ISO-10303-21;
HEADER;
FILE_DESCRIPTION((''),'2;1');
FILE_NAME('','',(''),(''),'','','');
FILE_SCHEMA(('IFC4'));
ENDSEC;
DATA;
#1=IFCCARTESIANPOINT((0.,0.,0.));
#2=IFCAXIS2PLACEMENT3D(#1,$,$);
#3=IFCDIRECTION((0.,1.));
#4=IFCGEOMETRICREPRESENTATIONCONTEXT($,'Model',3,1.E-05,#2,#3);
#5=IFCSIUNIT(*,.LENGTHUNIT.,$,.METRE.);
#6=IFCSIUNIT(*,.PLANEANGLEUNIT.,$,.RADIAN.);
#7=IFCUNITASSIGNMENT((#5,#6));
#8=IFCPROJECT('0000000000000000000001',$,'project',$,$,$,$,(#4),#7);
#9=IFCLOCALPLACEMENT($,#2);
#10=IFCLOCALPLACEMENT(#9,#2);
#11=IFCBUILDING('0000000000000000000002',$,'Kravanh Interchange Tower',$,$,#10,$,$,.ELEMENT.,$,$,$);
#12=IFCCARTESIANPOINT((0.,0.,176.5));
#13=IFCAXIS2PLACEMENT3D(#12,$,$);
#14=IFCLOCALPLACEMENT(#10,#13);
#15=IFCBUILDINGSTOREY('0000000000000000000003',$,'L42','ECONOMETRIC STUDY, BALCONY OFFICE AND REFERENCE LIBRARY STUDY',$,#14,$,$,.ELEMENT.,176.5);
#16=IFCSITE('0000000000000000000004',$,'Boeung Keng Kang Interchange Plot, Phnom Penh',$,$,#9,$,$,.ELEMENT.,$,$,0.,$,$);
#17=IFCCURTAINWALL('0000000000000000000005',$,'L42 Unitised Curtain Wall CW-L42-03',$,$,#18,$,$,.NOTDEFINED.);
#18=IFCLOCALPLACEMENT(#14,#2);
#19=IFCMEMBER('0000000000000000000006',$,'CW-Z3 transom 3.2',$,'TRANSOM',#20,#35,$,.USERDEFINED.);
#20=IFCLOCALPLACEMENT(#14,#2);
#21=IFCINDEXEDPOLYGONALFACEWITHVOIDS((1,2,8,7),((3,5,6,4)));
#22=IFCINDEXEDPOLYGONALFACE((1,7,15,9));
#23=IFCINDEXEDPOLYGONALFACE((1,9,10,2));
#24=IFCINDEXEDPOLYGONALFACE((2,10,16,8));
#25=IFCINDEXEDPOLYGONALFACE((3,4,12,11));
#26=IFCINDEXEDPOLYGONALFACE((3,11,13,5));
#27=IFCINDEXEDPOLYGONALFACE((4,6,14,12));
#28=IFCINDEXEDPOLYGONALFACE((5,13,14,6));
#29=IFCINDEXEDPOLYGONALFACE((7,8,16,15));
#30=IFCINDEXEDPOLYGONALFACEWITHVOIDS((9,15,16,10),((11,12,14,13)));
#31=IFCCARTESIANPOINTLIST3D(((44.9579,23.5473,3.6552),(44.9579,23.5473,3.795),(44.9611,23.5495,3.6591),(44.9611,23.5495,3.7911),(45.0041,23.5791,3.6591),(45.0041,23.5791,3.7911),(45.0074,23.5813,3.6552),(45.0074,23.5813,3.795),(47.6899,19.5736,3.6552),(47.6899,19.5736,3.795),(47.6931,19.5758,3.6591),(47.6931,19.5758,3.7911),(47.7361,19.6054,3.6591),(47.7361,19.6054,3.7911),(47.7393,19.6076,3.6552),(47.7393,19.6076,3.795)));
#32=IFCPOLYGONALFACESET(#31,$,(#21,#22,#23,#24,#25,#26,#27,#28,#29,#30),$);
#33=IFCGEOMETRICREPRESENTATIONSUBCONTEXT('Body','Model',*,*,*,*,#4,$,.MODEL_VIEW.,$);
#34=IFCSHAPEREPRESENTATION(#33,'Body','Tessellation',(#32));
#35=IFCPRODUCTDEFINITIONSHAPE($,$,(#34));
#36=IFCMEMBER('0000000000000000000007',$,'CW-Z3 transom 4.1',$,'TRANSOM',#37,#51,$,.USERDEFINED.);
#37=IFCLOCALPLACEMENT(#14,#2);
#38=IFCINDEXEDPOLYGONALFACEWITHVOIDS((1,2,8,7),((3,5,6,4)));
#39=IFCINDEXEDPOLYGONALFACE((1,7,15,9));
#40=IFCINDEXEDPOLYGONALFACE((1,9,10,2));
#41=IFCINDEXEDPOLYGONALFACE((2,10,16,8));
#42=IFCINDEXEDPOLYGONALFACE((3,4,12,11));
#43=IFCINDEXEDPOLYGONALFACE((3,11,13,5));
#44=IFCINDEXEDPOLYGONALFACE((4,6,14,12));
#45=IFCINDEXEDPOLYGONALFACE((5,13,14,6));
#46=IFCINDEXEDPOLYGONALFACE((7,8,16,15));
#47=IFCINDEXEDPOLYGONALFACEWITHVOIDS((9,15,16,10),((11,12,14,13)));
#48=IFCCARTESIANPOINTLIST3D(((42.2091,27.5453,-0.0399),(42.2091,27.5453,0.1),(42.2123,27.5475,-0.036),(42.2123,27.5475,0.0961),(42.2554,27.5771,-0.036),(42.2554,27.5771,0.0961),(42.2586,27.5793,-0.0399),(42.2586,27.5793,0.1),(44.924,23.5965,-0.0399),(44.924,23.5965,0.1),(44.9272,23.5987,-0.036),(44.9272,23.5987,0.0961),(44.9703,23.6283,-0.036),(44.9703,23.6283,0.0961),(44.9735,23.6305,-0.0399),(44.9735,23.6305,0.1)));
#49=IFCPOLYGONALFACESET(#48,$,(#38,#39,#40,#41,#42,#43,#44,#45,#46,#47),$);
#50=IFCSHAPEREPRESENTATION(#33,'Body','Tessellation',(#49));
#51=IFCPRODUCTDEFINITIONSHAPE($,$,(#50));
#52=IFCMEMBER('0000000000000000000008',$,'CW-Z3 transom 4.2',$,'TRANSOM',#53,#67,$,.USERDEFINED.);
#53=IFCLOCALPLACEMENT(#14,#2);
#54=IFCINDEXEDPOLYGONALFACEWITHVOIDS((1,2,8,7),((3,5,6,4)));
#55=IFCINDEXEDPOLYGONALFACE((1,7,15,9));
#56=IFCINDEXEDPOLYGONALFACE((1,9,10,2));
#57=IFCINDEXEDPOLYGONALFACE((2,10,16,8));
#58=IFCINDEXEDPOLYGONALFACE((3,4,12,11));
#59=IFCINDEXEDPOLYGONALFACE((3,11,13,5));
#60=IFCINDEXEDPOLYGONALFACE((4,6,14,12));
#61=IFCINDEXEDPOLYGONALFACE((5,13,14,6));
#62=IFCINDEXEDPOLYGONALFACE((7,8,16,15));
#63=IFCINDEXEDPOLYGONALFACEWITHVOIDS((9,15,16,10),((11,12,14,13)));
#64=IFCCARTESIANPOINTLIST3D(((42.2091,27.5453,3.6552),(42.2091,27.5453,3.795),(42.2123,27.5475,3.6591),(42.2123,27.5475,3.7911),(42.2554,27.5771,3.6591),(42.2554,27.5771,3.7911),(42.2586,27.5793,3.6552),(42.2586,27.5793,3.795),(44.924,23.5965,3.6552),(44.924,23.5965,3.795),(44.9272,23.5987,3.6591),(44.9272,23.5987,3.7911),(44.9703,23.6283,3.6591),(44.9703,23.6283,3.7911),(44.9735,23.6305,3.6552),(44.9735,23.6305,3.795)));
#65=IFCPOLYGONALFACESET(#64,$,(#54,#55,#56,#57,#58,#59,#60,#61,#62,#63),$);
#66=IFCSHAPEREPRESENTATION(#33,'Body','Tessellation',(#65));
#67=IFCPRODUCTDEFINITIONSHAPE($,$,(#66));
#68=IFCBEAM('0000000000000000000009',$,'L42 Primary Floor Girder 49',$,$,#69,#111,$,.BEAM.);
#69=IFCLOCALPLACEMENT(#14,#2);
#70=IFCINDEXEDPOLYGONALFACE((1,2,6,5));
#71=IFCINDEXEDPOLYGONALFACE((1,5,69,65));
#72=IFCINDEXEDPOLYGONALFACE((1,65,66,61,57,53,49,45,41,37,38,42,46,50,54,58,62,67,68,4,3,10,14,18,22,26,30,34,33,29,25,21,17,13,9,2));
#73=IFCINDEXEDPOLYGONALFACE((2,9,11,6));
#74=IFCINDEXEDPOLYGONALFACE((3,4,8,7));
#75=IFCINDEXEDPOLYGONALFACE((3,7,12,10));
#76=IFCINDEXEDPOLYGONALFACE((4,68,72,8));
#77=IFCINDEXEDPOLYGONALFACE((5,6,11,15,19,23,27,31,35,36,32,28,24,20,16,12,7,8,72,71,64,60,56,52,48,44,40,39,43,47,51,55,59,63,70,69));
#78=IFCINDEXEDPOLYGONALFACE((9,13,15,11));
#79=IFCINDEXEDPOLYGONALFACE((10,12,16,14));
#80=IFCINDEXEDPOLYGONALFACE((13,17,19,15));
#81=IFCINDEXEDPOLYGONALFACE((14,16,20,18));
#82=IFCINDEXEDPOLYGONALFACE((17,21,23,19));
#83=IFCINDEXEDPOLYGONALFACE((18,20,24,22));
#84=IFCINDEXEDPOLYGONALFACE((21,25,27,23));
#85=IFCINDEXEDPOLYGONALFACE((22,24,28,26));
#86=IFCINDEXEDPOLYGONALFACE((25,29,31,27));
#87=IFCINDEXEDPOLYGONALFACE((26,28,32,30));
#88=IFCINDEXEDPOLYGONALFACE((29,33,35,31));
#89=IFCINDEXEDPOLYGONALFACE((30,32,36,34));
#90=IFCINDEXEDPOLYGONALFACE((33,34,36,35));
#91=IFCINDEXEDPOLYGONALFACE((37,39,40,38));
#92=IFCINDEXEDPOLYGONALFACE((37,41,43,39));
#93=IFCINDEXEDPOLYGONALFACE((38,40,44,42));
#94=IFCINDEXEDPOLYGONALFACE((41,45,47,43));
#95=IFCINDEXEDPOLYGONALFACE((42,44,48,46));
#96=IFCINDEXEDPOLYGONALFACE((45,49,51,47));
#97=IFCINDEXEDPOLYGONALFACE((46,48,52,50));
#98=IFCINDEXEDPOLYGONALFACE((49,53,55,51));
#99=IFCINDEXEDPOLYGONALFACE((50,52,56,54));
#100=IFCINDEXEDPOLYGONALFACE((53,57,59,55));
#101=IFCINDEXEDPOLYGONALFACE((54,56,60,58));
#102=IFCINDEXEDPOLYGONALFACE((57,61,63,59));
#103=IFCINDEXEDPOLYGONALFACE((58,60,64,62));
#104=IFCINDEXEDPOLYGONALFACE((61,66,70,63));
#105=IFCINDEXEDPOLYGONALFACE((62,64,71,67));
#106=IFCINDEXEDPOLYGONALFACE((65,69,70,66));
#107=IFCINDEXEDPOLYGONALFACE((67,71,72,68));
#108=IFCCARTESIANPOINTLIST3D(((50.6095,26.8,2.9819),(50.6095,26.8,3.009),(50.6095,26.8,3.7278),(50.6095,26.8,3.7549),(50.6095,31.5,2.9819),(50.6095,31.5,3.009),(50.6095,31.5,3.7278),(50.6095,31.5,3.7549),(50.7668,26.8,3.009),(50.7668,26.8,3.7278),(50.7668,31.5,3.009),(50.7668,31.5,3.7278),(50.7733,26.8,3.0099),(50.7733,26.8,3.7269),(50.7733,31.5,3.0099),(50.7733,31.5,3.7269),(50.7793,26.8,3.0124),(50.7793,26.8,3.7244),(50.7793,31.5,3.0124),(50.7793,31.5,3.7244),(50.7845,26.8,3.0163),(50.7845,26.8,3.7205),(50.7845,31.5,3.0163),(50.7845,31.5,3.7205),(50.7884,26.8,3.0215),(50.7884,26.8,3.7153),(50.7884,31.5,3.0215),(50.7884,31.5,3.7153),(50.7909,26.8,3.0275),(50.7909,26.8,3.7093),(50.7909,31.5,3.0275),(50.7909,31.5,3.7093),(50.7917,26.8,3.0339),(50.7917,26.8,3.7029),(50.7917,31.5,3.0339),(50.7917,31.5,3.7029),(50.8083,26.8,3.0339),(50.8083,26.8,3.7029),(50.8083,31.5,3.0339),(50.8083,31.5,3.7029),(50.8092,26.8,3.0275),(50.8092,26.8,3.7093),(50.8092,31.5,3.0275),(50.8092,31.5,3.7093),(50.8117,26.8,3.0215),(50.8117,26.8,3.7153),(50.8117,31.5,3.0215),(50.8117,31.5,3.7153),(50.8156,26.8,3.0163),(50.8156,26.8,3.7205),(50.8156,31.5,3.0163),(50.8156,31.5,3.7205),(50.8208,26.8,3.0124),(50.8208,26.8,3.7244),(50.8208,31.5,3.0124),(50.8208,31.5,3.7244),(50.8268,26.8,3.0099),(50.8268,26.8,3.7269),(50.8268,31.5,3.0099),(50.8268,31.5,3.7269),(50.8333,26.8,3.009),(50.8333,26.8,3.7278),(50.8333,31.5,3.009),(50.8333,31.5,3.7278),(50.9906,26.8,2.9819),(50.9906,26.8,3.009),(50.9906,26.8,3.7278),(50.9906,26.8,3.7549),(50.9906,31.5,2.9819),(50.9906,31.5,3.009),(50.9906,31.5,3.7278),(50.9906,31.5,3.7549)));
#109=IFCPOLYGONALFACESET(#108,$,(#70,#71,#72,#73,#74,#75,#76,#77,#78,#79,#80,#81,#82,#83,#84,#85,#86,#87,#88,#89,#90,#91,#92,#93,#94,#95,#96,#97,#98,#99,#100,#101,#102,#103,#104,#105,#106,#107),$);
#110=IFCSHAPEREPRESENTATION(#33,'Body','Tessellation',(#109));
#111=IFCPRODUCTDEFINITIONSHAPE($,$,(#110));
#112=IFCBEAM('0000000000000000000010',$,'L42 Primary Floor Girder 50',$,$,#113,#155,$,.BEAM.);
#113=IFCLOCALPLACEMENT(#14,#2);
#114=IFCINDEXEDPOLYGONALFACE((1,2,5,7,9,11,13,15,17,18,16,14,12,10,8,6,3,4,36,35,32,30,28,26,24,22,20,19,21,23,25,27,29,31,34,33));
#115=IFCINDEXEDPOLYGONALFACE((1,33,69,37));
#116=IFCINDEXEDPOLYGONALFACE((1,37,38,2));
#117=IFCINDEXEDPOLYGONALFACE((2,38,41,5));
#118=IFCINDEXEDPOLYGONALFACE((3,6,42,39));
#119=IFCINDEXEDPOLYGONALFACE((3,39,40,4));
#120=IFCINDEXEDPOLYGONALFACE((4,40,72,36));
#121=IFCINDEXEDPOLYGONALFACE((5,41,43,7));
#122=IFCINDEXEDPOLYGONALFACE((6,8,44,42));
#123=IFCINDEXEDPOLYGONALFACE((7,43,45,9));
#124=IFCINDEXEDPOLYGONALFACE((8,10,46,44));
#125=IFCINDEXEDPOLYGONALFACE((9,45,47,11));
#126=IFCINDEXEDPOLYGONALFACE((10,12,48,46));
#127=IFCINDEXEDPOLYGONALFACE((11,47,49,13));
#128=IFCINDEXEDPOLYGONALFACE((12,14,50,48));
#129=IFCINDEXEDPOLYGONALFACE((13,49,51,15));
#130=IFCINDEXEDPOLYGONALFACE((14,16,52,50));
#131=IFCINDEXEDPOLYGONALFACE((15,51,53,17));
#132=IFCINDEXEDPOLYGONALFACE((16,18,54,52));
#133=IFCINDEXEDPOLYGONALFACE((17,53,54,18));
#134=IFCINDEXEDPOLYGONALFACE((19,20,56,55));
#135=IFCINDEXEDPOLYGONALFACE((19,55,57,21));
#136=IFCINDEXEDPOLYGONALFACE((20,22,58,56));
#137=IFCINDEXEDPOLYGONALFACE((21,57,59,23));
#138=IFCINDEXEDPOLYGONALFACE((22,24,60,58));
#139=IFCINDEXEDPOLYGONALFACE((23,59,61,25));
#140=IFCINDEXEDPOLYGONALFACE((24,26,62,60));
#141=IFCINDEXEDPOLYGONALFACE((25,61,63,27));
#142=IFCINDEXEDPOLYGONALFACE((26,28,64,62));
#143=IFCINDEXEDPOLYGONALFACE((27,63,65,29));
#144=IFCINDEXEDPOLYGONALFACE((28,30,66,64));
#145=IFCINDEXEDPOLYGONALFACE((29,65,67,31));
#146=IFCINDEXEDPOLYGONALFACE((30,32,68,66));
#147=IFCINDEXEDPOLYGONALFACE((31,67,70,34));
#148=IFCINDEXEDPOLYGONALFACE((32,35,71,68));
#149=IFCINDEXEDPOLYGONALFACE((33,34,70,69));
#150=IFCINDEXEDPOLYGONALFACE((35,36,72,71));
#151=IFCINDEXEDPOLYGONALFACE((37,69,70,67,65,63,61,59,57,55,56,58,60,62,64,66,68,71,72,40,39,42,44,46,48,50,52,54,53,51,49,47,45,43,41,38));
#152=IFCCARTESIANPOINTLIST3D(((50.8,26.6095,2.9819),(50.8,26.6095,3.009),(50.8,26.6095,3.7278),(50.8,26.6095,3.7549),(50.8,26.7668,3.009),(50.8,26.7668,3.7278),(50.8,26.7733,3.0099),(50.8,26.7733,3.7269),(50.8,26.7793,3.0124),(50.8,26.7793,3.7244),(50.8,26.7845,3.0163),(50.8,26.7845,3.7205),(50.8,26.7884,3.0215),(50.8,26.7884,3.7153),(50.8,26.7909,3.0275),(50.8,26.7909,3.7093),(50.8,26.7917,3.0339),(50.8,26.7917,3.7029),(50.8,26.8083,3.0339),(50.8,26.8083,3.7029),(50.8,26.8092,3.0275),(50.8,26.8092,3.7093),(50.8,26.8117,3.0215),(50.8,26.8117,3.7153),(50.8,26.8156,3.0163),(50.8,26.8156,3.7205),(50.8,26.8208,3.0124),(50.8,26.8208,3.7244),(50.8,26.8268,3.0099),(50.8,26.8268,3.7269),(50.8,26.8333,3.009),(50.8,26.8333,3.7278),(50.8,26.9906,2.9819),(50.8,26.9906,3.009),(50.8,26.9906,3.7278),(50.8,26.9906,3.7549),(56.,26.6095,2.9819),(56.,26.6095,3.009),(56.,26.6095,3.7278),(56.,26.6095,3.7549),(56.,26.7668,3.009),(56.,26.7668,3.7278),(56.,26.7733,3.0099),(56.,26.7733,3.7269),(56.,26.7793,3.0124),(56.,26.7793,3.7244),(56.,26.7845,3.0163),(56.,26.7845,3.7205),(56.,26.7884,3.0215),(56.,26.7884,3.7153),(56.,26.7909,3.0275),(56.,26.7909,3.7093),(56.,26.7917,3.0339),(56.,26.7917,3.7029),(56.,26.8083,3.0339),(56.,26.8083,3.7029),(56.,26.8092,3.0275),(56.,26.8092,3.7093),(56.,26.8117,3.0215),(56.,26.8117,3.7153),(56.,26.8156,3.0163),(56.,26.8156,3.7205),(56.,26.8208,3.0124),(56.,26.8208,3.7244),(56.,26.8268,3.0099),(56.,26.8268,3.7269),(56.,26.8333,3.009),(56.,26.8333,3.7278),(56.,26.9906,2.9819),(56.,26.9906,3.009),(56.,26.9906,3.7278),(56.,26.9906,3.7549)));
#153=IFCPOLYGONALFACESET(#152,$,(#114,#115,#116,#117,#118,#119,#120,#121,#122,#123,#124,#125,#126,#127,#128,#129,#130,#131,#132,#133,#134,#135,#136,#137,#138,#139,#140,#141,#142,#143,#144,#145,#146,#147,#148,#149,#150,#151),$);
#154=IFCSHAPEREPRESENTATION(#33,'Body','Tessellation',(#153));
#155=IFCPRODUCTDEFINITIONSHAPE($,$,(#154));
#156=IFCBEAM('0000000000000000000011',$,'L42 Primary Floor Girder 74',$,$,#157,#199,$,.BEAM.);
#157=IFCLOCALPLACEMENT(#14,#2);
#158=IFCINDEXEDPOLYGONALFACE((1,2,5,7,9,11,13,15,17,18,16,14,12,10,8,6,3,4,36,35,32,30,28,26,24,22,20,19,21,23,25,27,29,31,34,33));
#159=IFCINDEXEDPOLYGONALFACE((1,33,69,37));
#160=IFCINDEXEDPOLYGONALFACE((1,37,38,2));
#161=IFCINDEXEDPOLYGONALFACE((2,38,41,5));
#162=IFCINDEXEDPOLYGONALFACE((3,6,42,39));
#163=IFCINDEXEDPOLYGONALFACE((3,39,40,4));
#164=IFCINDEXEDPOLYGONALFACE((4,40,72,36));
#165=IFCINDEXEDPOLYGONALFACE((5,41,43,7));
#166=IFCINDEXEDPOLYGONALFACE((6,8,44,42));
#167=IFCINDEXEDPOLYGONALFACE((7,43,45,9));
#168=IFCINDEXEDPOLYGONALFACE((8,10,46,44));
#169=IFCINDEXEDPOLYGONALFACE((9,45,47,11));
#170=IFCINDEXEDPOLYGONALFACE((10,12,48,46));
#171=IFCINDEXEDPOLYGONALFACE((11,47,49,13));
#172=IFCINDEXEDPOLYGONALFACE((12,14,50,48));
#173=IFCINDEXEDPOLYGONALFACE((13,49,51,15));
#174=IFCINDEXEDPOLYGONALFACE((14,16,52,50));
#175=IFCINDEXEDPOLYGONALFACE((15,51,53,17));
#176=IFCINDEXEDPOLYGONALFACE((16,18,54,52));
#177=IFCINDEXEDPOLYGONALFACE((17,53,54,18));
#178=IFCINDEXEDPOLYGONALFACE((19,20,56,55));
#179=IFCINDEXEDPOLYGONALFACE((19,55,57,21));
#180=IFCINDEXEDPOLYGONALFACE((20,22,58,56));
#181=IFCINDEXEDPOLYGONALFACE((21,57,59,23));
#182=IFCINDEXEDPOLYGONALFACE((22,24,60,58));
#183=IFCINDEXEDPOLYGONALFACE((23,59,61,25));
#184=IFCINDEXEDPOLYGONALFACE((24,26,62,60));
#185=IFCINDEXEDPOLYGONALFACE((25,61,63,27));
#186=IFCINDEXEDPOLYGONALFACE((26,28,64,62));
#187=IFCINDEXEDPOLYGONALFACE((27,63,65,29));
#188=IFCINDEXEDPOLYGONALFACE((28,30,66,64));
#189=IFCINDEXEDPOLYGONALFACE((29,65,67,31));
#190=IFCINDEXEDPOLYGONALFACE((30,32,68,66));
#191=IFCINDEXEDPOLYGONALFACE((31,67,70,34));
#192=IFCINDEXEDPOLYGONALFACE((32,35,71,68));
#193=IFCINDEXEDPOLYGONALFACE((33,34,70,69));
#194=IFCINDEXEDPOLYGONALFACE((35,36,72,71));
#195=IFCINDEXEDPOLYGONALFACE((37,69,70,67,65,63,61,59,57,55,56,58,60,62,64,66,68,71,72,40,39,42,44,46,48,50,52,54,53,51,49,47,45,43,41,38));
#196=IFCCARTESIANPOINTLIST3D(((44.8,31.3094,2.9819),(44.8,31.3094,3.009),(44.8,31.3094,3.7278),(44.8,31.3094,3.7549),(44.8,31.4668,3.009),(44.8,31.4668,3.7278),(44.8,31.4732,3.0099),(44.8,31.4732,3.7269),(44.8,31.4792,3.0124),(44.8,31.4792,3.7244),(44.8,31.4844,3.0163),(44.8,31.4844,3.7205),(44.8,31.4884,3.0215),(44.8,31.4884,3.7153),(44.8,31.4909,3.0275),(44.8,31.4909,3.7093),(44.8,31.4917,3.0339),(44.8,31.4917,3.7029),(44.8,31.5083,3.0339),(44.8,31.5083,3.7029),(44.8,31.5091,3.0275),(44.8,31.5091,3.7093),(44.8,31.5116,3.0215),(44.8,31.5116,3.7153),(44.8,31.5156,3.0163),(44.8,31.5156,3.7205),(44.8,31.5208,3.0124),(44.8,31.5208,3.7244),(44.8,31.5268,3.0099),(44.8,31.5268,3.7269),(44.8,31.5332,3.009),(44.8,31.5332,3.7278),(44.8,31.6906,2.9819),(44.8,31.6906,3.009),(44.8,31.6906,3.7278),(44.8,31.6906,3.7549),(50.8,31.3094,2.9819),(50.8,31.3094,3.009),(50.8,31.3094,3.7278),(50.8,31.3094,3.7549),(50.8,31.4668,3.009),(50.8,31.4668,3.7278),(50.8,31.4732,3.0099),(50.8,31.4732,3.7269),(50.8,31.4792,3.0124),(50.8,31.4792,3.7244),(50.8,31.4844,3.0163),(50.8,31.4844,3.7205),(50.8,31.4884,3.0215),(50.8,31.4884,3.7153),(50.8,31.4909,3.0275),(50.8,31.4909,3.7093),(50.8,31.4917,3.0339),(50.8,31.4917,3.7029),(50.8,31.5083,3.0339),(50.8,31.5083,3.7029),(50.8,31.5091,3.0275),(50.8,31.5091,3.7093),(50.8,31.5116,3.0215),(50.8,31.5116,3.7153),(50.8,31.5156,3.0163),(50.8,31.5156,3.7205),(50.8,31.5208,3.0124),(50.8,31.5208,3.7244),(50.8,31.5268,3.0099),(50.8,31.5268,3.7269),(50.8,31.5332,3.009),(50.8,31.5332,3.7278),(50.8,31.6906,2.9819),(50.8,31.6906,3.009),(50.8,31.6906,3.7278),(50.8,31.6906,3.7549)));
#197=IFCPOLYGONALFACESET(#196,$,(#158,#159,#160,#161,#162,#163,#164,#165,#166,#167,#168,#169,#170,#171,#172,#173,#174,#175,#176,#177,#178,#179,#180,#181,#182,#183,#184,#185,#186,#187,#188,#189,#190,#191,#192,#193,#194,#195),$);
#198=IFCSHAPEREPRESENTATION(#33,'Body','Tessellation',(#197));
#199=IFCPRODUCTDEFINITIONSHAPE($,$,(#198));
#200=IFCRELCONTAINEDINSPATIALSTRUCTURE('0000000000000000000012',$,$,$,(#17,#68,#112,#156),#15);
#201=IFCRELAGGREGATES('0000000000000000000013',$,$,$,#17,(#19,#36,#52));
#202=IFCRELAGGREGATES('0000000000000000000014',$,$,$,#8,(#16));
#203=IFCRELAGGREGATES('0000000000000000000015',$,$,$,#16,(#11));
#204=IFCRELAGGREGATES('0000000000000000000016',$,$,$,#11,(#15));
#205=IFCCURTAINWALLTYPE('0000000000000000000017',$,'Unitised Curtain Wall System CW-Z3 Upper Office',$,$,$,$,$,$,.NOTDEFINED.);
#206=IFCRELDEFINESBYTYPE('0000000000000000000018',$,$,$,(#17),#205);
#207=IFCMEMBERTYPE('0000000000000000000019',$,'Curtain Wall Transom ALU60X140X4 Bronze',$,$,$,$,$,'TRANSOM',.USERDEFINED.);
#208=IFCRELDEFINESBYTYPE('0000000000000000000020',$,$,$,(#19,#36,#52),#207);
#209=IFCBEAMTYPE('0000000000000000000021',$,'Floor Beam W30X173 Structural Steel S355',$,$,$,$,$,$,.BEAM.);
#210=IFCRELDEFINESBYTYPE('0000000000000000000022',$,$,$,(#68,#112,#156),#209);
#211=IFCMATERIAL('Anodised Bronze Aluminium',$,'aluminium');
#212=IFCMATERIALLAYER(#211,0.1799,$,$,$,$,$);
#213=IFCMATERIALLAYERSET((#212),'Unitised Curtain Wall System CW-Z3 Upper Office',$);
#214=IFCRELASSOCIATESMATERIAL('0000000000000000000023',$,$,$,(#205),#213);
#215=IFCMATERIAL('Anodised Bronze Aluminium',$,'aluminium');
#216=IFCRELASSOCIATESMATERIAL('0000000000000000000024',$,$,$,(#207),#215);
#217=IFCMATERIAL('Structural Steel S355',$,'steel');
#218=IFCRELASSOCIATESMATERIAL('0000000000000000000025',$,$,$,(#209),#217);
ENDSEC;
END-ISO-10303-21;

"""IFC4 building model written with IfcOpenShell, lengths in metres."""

from ifc_helpers import new_model, si_unit, direction, frame, origin, origin_2d, place, context, subcontext, project, spatial, hollow_rectangle, i_section, extrude, material, layer, layer_set, material_profile, profile_set, type_object, element, aggregate, save


model = new_model("IFC4")

# Units and contexts
model_context = context("Model", 3, precision=1e-05, world=origin(), true_north=direction((0.0, 1.0)))
body_context = subcontext(model_context, "Body", "Model", "MODEL_VIEW")
ifc_project = project(units=[si_unit("LENGTHUNIT", "METRE"), si_unit("PLANEANGLEUNIT", "RADIAN")], contexts=[model_context])

# Site, building, storey
site_placement = place(None, origin())
site = spatial("IfcSite", under=ifc_project, at=site_placement, Name="Boeung Keng Kang Interchange Plot, Phnom Penh", CompositionType="ELEMENT", RefElevation=0.0)
building_placement = place(site_placement, origin())
building = spatial("IfcBuilding", under=site, at=building_placement, Name="Kravanh Interchange Tower", CompositionType="ELEMENT")
storey_placement = place(building_placement, frame((0.0, 0.0, 176.5)))
storey = spatial("IfcBuildingStorey", under=building, at=storey_placement, Name="L42", Description="ECONOMETRIC STUDY, BALCONY OFFICE AND REFERENCE LIBRARY STUDY", CompositionType="ELEMENT", Elevation=176.5)

# Shared definitions
ifc_material_1 = material(Name="Anodised Bronze Aluminium", Category="aluminium")
ifc_layer_1 = layer(ifc_material_1, 0.1799)
ifc_layer_set_1 = layer_set([ifc_layer_1], Name="Unitised Curtain Wall System CW-Z3 Upper Office")
curtain_wall_type = type_object("IfcCurtainWallType", Name="Unitised Curtain Wall System CW-Z3 Upper Office", PredefinedType="NOTDEFINED", material=ifc_layer_set_1)

# Curtain wall
curtain_wall_1_placement = place(storey_placement, origin())
curtain_wall_1 = element("IfcCurtainWall", 1, at=curtain_wall_1_placement, inside=storey, type_object=curtain_wall_type, Name="L42 Unitised Curtain Wall CW-L42-03", PredefinedType="NOTDEFINED")

# Members
ifc_material_2 = material(Name="Anodised Bronze Aluminium", Category="aluminium")
ifc_material_profile_1 = material_profile(ifc_material_2, hollow_rectangle(XDim=0.0601, YDim=0.1399, WallThickness=0.0039, at=origin_2d()), Name="ALU60X140X4")
ifc_profile_set_1 = profile_set([ifc_material_profile_1], Name="Anodised Bronze Aluminium")
member_type_1 = type_object("IfcMemberType", Name="Curtain Wall Transom ALU60X140X4 Bronze", ElementType="TRANSOM", PredefinedType="USERDEFINED", material=ifc_profile_set_1)
member_1_placement = place(storey_placement, frame((47.7146, 19.5906, 3.7251), z_axis=(-0.566537, 0.824036, 0.0), x_axis=(-0.824036, -0.566537, 0.0)))
member_1 = element("IfcMember", 2, at=member_1_placement, type_object=member_type_1, Name="CW-Z3 transom 3.2", ObjectType="TRANSOM", PredefinedType="USERDEFINED", context=body_context, shape_type="SweptSolid", body=[
    extrude(hollow_rectangle(XDim=0.0601, YDim=0.1399, WallThickness=0.0039, at=origin_2d()), origin(), (0.0, 0.0, 1.0), 4.8223),
])
member_2_placement = place(storey_placement, frame((44.9487, 23.6135, 0.03), z_axis=(-0.566542, 0.824033, 0.0), x_axis=(-0.824033, -0.566542, 0.0)))
member_2 = element("IfcMember", 3, at=member_2_placement, type_object=member_type_1, Name="CW-Z3 transom 4.1", ObjectType="TRANSOM", PredefinedType="USERDEFINED", context=body_context, shape_type="SweptSolid", body=[
    extrude(hollow_rectangle(XDim=0.0601, YDim=0.1399, WallThickness=0.0039, at=origin_2d()), origin(), (0.0, 0.0, 1.0), 4.792),
])
member_3_placement = place(storey_placement, frame((44.9487, 23.6135, 3.7251), z_axis=(-0.566542, 0.824033, 0.0), x_axis=(-0.824033, -0.566542, 0.0)))
member_3 = element("IfcMember", 4, at=member_3_placement, type_object=member_type_1, Name="CW-Z3 transom 4.2", ObjectType="TRANSOM", PredefinedType="USERDEFINED", context=body_context, shape_type="SweptSolid", body=[
    extrude(hollow_rectangle(XDim=0.0601, YDim=0.1399, WallThickness=0.0039, at=origin_2d()), origin(), (0.0, 0.0, 1.0), 4.792),
])

# Beams
ifc_material_3 = material(Name="Structural Steel S355", Category="steel")
ifc_material_profile_2 = material_profile(ifc_material_3, i_section(OverallWidth=0.3811, OverallDepth=0.7729, WebThickness=0.0166, FlangeThickness=0.0271, FilletRadius=0.0249, at=origin_2d()), Name="W30X173")
ifc_profile_set_2 = profile_set([ifc_material_profile_2], Name="Structural Steel S355")
beam_type_1 = type_object("IfcBeamType", Name="Floor Beam W30X173 Structural Steel S355", PredefinedType="BEAM", material=ifc_profile_set_2)
beam_1_placement = place(storey_placement, frame((50.8, 26.8, 3.3684), z_axis=(0.0, 1.0, 0.0), x_axis=(-1.0, 0.0, 0.0)))
element("IfcBeam", 5, at=beam_1_placement, inside=storey, type_object=beam_type_1, Name="L42 Primary Floor Girder 49", PredefinedType="BEAM", context=body_context, shape_type="SweptSolid", body=[
    extrude(i_section(OverallWidth=0.3811, OverallDepth=0.7729, WebThickness=0.0166, FlangeThickness=0.0271, FilletRadius=0.0249, at=origin_2d()), origin(), (0.0, 0.0, 1.0), 4.7),
])
beam_2_placement = place(storey_placement, frame((50.8, 26.8, 3.3684), z_axis=(1.0, 0.0, 0.0), x_axis=(0.0, 1.0, 0.0)))
element("IfcBeam", 6, at=beam_2_placement, inside=storey, type_object=beam_type_1, Name="L42 Primary Floor Girder 50", PredefinedType="BEAM", context=body_context, shape_type="SweptSolid", body=[
    extrude(i_section(OverallWidth=0.3811, OverallDepth=0.7729, WebThickness=0.0166, FlangeThickness=0.0271, FilletRadius=0.0249, at=origin_2d()), origin(), (0.0, 0.0, 1.0), 5.2),
])
beam_3_placement = place(storey_placement, frame((44.8, 31.5, 3.3684), z_axis=(1.0, 0.0, 0.0), x_axis=(0.0, 1.0, 0.0)))
element("IfcBeam", 7, at=beam_3_placement, inside=storey, type_object=beam_type_1, Name="L42 Primary Floor Girder 74", PredefinedType="BEAM", context=body_context, shape_type="SweptSolid", body=[
    extrude(i_section(OverallWidth=0.3811, OverallDepth=0.7729, WebThickness=0.0166, FlangeThickness=0.0271, FilletRadius=0.0249, at=origin_2d()), origin(), (0.0, 0.0, 1.0), 6.0),
])

aggregate(curtain_wall_1, [member_1, member_2, member_3])

save(model, "model.ifc")
